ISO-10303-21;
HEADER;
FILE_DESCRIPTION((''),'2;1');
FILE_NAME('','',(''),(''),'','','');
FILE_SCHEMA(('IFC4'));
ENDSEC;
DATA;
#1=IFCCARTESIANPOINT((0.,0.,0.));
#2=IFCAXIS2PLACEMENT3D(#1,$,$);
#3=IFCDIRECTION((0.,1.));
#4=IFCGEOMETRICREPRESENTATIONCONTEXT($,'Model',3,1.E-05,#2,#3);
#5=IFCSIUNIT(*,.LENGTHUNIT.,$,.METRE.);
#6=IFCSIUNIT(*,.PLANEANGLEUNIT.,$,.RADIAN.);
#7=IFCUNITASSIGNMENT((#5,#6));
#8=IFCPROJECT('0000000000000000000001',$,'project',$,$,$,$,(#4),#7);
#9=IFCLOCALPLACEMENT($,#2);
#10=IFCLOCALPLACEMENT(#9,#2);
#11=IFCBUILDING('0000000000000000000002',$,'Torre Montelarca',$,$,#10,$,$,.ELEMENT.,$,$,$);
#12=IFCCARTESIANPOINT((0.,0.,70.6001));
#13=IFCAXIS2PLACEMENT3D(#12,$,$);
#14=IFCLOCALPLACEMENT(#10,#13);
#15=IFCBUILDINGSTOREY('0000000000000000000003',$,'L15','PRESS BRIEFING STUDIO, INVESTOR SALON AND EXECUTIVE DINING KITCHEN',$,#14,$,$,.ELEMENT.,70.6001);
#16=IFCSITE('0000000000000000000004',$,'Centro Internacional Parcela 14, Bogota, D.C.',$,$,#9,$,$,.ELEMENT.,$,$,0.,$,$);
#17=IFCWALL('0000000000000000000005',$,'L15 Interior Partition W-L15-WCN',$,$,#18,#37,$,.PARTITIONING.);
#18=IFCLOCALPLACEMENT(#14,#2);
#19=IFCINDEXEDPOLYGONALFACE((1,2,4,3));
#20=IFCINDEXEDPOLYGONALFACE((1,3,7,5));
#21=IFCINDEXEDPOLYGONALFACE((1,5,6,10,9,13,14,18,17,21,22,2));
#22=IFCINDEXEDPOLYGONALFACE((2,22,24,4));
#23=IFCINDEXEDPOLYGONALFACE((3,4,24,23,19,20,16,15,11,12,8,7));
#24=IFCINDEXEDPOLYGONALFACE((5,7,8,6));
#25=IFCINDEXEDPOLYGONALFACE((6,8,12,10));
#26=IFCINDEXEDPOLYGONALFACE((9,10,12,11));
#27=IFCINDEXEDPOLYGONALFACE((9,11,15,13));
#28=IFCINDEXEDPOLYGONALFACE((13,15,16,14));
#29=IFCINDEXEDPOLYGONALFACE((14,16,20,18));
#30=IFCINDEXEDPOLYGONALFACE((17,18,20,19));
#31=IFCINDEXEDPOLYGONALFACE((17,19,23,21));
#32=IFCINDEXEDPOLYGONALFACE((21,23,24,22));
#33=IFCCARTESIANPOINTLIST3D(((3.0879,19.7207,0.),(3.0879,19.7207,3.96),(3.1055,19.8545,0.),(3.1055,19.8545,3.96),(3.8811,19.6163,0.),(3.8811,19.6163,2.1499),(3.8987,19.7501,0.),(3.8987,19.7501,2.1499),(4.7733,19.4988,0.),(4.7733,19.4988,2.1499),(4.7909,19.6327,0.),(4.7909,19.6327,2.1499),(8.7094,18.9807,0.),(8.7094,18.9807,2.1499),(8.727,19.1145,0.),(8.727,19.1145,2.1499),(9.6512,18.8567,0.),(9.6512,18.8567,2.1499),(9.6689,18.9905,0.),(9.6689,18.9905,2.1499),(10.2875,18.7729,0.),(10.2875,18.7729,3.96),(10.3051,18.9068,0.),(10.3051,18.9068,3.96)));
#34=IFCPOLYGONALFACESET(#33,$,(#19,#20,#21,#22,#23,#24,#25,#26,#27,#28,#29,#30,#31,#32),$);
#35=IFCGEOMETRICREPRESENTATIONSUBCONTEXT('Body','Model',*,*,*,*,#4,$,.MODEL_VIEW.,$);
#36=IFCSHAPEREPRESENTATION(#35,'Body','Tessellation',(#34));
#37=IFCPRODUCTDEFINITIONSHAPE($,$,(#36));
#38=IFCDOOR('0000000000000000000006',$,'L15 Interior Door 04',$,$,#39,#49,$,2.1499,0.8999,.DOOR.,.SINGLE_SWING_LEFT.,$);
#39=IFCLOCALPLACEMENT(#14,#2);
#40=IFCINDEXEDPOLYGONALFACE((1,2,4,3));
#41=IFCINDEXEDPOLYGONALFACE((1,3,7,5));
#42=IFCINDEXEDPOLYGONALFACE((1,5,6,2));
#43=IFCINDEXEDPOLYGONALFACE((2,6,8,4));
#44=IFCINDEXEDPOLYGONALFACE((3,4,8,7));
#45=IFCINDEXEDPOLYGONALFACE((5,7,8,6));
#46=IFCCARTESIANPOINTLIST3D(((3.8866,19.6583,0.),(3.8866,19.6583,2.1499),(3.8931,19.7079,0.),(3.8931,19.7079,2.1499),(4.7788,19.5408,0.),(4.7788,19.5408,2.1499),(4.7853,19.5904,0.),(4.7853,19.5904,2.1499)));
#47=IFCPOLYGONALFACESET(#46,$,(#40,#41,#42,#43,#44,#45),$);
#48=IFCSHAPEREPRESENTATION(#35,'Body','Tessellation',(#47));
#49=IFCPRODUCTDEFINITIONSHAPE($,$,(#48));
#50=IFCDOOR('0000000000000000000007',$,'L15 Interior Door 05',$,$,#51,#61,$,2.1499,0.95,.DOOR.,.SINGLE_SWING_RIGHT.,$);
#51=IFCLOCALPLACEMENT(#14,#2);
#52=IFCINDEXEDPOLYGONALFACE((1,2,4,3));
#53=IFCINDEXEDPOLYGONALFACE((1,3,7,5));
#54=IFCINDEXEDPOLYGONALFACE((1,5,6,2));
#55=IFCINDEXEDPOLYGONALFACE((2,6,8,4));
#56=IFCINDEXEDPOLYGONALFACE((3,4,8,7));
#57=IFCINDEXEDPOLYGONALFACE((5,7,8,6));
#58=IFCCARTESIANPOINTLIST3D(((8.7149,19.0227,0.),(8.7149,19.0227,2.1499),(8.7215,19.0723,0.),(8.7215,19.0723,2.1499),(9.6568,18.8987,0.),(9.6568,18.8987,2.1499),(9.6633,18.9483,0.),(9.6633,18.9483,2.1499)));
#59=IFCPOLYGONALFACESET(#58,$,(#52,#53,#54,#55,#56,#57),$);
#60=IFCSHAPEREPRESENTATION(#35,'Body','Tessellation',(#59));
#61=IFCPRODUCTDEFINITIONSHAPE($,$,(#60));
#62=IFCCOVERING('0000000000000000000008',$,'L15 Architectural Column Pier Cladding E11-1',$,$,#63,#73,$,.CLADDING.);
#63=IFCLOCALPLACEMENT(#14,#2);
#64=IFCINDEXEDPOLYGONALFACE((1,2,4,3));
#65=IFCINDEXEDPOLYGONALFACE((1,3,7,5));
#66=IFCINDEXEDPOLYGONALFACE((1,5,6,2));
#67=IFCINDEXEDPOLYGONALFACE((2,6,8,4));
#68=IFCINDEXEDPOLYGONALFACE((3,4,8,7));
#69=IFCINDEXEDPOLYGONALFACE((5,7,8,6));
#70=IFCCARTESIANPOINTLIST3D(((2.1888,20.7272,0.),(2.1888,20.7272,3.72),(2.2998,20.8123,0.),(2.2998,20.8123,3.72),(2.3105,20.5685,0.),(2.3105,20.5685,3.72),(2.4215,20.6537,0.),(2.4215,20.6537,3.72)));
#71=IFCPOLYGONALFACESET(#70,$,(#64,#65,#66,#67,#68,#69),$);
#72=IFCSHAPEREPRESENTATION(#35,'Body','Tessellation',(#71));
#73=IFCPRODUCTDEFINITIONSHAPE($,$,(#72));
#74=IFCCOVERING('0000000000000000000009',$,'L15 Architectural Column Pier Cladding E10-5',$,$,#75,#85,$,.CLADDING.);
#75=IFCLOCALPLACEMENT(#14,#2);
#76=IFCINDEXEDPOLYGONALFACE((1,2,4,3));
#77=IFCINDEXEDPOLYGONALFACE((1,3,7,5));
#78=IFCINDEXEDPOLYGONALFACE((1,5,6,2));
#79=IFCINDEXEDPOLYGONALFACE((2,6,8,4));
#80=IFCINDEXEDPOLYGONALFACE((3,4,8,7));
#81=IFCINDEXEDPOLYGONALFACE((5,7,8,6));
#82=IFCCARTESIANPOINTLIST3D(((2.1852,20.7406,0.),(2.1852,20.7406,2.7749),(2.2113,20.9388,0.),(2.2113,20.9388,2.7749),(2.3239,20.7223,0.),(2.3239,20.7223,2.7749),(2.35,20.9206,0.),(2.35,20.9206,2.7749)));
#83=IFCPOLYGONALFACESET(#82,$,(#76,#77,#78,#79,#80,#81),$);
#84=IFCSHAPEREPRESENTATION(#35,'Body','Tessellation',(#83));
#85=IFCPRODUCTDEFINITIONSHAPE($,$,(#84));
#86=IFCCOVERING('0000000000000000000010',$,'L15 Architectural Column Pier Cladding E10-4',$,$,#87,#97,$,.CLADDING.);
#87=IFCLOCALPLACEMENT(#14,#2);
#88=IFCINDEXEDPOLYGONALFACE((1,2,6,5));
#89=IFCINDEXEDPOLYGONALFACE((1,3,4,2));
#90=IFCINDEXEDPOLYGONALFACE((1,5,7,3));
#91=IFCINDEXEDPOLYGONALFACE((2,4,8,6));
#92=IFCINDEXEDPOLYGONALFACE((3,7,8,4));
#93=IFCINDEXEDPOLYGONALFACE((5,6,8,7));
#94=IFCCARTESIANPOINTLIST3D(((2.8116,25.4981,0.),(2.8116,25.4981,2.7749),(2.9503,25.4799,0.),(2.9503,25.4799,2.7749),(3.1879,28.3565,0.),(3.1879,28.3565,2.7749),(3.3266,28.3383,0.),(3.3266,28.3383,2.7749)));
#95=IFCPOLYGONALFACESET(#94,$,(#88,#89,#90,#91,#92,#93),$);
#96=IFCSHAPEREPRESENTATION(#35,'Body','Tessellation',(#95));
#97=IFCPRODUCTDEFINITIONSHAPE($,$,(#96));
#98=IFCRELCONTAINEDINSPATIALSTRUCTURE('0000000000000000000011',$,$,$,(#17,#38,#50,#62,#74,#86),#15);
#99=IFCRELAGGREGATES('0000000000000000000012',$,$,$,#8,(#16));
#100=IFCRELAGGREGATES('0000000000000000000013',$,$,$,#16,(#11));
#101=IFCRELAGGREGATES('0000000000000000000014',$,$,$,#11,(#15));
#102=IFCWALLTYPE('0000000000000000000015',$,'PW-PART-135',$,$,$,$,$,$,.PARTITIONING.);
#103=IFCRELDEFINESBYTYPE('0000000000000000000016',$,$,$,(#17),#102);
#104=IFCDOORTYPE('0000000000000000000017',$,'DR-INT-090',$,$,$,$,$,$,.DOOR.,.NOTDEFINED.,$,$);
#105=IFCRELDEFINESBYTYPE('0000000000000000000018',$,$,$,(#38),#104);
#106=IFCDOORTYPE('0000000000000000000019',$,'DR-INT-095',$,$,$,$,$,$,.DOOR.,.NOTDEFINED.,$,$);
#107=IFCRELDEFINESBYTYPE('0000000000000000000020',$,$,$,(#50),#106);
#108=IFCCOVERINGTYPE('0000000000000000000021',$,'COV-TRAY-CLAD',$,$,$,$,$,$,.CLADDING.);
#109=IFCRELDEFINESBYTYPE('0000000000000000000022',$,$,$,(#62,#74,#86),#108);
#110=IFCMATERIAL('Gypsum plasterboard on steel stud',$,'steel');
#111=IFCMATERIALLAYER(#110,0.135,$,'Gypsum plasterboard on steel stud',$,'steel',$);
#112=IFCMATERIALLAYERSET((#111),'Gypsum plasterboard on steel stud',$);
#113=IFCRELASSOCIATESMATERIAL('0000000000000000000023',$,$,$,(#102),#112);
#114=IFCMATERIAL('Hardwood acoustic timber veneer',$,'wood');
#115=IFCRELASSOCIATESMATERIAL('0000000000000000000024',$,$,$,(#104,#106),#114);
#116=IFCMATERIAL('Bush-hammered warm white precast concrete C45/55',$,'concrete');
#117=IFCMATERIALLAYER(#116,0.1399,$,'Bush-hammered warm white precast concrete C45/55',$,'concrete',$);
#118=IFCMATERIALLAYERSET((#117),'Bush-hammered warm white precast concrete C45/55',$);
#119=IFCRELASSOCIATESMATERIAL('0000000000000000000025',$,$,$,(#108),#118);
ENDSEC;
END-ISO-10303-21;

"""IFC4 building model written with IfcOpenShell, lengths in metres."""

from ifc_helpers import new_model, si_unit, direction, frame, frame_2d, origin, origin_2d, place, context, subcontext, project, spatial, rectangle, extrude, source, transform, mapped, material, layer, layer_set, type_object, element, fill, save


model = new_model("IFC4")

# Units and contexts
model_context = context("Model", 3, precision=1e-05, world=origin(), true_north=direction((0.0, 1.0)))
body_context = subcontext(model_context, "Body", "Model", "MODEL_VIEW")
ifc_project = project(units=[si_unit("LENGTHUNIT", "METRE"), si_unit("PLANEANGLEUNIT", "RADIAN")], contexts=[model_context])

# Site, building, storey
site_placement = place(None, origin())
site = spatial("IfcSite", under=ifc_project, at=site_placement, Name="Centro Internacional Parcela 14, Bogota, D.C.", CompositionType="ELEMENT", RefElevation=0.0)
building_placement = place(site_placement, origin())
building = spatial("IfcBuilding", under=site, at=building_placement, Name="Torre Montelarca", CompositionType="ELEMENT")
storey_placement = place(building_placement, frame((0.0, 0.0, 70.6001)))
storey = spatial("IfcBuildingStorey", under=building, at=storey_placement, Name="L15", Description="PRESS BRIEFING STUDIO, INVESTOR SALON AND EXECUTIVE DINING KITCHEN", CompositionType="ELEMENT", Elevation=70.6001)

# Wall, openings, doors
ifc_material_1 = material(Name="Gypsum plasterboard on steel stud", Category="steel")
ifc_layer_1 = layer(ifc_material_1, 0.135, Name="Gypsum plasterboard on steel stud", Category="steel")
ifc_layer_set_1 = layer_set([ifc_layer_1], Name="Gypsum plasterboard on steel stud")
wall_type = type_object("IfcWallType", Name="PW-PART-135", PredefinedType="PARTITIONING", material=ifc_layer_set_1)
wall_placement = place(storey_placement, frame((3.0967, 19.7876, 0.0), z_axis=(0.0, 0.0, 1.0), x_axis=(0.991447, -0.130512, 0.0)))
wall = element("IfcWall", 1, at=wall_placement, inside=storey, type_object=wall_type, Name="L15 Interior Partition W-L15-WCN", PredefinedType="PARTITIONING", context=body_context, shape_type="SweptSolid", body=[
    extrude(rectangle(XDim=7.2617, YDim=0.135, at=frame_2d((3.6309, 0.0))), origin(), (0.0, 0.0, 1.0), 3.96),
])
opening_1_placement = place(wall_placement, frame((0.8, 0.0, 0.0)))
opening_1 = element("IfcOpeningElement", 2, at=opening_1_placement, cuts=wall, PredefinedType="OPENING", context=body_context, shape_type="SweptSolid", body=[
    extrude(rectangle(XDim=0.8999, YDim=2.1499, at=frame_2d((0.45, 1.075))), frame((0.0, 0.0776, 0.0), z_axis=(0.0, -1.0, 0.0), x_axis=(1.0, 0.0, 0.0)), (0.0, 0.0, 1.0), 0.155),
])
opening_2_placement = place(wall_placement, frame((5.6699, 0.0, 0.0)))
opening_2 = element("IfcOpeningElement", 3, at=opening_2_placement, cuts=wall, PredefinedType="OPENING", context=body_context, shape_type="SweptSolid", body=[
    extrude(rectangle(XDim=0.95, YDim=2.1499, at=frame_2d((0.4751, 1.075))), frame((0.0, 0.0776, 0.0), z_axis=(0.0, -1.0, 0.0), x_axis=(1.0, 0.0, 0.0)), (0.0, 0.0, 1.0), 0.155),
])
ifc_material_2 = material(Name="Hardwood acoustic timber veneer", Category="wood")
door_type_1 = type_object("IfcDoorType", Name="DR-INT-090", OperationType="NOTDEFINED", PredefinedType="DOOR", material=ifc_material_2)
shared_shape_1 = source(origin(), body_context, "Body", "SweptSolid", [
    extrude(rectangle(XDim=0.8999, YDim=2.1499, at=frame_2d((0.45, 1.075))), frame((0.0, 0.0249, 0.0), z_axis=(0.0, -1.0, 0.0), x_axis=(1.0, 0.0, 0.0)), (0.0, 0.0, 1.0), 0.05),
])
door_1_placement = place(opening_1_placement, origin())
door_1 = element("IfcDoor", 4, at=door_1_placement, inside=storey, type_object=door_type_1, Name="L15 Interior Door 04", OperationType="SINGLE_SWING_LEFT", OverallHeight=2.1499, OverallWidth=0.8999, PredefinedType="DOOR", context=body_context, shape_type="MappedRepresentation", body=[
    mapped(shared_shape_1, transform((0.0, 0.0, 0.0), scale=1.0)),
])
fill(opening_1, door_1)
door_type_2 = type_object("IfcDoorType", Name="DR-INT-095", OperationType="NOTDEFINED", PredefinedType="DOOR", material=ifc_material_2)
shared_shape_2 = source(origin(), body_context, "Body", "SweptSolid", [
    extrude(rectangle(XDim=0.95, YDim=2.1499, at=frame_2d((0.4751, 1.075))), frame((0.0, 0.0249, 0.0), z_axis=(0.0, -1.0, 0.0), x_axis=(1.0, 0.0, 0.0)), (0.0, 0.0, 1.0), 0.05),
])
door_2_placement = place(opening_2_placement, origin())
door_2 = element("IfcDoor", 5, at=door_2_placement, inside=storey, type_object=door_type_2, Name="L15 Interior Door 05", OperationType="SINGLE_SWING_RIGHT", OverallHeight=2.1499, OverallWidth=0.95, PredefinedType="DOOR", context=body_context, shape_type="MappedRepresentation", body=[
    mapped(shared_shape_2, transform((0.0, 0.0, 0.0), scale=1.0)),
])
fill(opening_2, door_2)

# Coverings
ifc_material_3 = material(Name="Bush-hammered warm white precast concrete C45/55", Category="concrete")
ifc_layer_2 = layer(ifc_material_3, 0.1399, Name="Bush-hammered warm white precast concrete C45/55", Category="concrete")
ifc_layer_set_2 = layer_set([ifc_layer_2], Name="Bush-hammered warm white precast concrete C45/55")
covering_type = type_object("IfcCoveringType", Name="COV-TRAY-CLAD", PredefinedType="CLADDING", material=ifc_layer_set_2)
shared_shape_3 = source(origin(), body_context, "Body", "SweptSolid", [
    extrude(rectangle(XDim=0.2, YDim=0.1399, at=origin_2d()), origin(), (0.0, 0.0, 1.0), 3.72),
])
covering_1_placement = place(storey_placement, frame((2.3052, 20.6904, 0.0), z_axis=(0.0, 0.0, 1.0), x_axis=(0.608774, -0.793344, 0.0)))
element("IfcCovering", 6, at=covering_1_placement, inside=storey, type_object=covering_type, Name="L15 Architectural Column Pier Cladding E11-1", PredefinedType="CLADDING", context=body_context, shape_type="MappedRepresentation", body=[
    mapped(shared_shape_3, transform((0.0, 0.0, 0.0), scale=1.0)),
])
shared_shape_4 = source(origin(), body_context, "Body", "SweptSolid", [
    extrude(rectangle(XDim=0.2, YDim=0.1399, at=origin_2d()), origin(), (0.0, 0.0, 1.0), 2.7749),
])
covering_2_placement = place(storey_placement, frame((2.2676, 20.8306, 0.0), z_axis=(0.0, 0.0, 1.0), x_axis=(-0.130528, -0.991445, 0.0)))
element("IfcCovering", 7, at=covering_2_placement, inside=storey, type_object=covering_type, Name="L15 Architectural Column Pier Cladding E10-5", PredefinedType="CLADDING", context=body_context, shape_type="MappedRepresentation", body=[
    mapped(shared_shape_4, transform((0.0, 0.0, 0.0), scale=1.0)),
])
shared_shape_5 = source(origin(), body_context, "Body", "SweptSolid", [
    extrude(rectangle(XDim=2.8831, YDim=0.1399, at=origin_2d()), origin(), (0.0, 0.0, 1.0), 2.7749),
])
covering_3_placement = place(storey_placement, frame((3.0691, 26.9182, 0.0), z_axis=(0.0, 0.0, 1.0), x_axis=(-0.130528, -0.991445, 0.0)))
element("IfcCovering", 8, at=covering_3_placement, inside=storey, type_object=covering_type, Name="L15 Architectural Column Pier Cladding E10-4", PredefinedType="CLADDING", context=body_context, shape_type="MappedRepresentation", body=[
    mapped(shared_shape_5, transform((0.0, 0.0, 0.0), scale=1.0)),
])

save(model, "model.ifc")
